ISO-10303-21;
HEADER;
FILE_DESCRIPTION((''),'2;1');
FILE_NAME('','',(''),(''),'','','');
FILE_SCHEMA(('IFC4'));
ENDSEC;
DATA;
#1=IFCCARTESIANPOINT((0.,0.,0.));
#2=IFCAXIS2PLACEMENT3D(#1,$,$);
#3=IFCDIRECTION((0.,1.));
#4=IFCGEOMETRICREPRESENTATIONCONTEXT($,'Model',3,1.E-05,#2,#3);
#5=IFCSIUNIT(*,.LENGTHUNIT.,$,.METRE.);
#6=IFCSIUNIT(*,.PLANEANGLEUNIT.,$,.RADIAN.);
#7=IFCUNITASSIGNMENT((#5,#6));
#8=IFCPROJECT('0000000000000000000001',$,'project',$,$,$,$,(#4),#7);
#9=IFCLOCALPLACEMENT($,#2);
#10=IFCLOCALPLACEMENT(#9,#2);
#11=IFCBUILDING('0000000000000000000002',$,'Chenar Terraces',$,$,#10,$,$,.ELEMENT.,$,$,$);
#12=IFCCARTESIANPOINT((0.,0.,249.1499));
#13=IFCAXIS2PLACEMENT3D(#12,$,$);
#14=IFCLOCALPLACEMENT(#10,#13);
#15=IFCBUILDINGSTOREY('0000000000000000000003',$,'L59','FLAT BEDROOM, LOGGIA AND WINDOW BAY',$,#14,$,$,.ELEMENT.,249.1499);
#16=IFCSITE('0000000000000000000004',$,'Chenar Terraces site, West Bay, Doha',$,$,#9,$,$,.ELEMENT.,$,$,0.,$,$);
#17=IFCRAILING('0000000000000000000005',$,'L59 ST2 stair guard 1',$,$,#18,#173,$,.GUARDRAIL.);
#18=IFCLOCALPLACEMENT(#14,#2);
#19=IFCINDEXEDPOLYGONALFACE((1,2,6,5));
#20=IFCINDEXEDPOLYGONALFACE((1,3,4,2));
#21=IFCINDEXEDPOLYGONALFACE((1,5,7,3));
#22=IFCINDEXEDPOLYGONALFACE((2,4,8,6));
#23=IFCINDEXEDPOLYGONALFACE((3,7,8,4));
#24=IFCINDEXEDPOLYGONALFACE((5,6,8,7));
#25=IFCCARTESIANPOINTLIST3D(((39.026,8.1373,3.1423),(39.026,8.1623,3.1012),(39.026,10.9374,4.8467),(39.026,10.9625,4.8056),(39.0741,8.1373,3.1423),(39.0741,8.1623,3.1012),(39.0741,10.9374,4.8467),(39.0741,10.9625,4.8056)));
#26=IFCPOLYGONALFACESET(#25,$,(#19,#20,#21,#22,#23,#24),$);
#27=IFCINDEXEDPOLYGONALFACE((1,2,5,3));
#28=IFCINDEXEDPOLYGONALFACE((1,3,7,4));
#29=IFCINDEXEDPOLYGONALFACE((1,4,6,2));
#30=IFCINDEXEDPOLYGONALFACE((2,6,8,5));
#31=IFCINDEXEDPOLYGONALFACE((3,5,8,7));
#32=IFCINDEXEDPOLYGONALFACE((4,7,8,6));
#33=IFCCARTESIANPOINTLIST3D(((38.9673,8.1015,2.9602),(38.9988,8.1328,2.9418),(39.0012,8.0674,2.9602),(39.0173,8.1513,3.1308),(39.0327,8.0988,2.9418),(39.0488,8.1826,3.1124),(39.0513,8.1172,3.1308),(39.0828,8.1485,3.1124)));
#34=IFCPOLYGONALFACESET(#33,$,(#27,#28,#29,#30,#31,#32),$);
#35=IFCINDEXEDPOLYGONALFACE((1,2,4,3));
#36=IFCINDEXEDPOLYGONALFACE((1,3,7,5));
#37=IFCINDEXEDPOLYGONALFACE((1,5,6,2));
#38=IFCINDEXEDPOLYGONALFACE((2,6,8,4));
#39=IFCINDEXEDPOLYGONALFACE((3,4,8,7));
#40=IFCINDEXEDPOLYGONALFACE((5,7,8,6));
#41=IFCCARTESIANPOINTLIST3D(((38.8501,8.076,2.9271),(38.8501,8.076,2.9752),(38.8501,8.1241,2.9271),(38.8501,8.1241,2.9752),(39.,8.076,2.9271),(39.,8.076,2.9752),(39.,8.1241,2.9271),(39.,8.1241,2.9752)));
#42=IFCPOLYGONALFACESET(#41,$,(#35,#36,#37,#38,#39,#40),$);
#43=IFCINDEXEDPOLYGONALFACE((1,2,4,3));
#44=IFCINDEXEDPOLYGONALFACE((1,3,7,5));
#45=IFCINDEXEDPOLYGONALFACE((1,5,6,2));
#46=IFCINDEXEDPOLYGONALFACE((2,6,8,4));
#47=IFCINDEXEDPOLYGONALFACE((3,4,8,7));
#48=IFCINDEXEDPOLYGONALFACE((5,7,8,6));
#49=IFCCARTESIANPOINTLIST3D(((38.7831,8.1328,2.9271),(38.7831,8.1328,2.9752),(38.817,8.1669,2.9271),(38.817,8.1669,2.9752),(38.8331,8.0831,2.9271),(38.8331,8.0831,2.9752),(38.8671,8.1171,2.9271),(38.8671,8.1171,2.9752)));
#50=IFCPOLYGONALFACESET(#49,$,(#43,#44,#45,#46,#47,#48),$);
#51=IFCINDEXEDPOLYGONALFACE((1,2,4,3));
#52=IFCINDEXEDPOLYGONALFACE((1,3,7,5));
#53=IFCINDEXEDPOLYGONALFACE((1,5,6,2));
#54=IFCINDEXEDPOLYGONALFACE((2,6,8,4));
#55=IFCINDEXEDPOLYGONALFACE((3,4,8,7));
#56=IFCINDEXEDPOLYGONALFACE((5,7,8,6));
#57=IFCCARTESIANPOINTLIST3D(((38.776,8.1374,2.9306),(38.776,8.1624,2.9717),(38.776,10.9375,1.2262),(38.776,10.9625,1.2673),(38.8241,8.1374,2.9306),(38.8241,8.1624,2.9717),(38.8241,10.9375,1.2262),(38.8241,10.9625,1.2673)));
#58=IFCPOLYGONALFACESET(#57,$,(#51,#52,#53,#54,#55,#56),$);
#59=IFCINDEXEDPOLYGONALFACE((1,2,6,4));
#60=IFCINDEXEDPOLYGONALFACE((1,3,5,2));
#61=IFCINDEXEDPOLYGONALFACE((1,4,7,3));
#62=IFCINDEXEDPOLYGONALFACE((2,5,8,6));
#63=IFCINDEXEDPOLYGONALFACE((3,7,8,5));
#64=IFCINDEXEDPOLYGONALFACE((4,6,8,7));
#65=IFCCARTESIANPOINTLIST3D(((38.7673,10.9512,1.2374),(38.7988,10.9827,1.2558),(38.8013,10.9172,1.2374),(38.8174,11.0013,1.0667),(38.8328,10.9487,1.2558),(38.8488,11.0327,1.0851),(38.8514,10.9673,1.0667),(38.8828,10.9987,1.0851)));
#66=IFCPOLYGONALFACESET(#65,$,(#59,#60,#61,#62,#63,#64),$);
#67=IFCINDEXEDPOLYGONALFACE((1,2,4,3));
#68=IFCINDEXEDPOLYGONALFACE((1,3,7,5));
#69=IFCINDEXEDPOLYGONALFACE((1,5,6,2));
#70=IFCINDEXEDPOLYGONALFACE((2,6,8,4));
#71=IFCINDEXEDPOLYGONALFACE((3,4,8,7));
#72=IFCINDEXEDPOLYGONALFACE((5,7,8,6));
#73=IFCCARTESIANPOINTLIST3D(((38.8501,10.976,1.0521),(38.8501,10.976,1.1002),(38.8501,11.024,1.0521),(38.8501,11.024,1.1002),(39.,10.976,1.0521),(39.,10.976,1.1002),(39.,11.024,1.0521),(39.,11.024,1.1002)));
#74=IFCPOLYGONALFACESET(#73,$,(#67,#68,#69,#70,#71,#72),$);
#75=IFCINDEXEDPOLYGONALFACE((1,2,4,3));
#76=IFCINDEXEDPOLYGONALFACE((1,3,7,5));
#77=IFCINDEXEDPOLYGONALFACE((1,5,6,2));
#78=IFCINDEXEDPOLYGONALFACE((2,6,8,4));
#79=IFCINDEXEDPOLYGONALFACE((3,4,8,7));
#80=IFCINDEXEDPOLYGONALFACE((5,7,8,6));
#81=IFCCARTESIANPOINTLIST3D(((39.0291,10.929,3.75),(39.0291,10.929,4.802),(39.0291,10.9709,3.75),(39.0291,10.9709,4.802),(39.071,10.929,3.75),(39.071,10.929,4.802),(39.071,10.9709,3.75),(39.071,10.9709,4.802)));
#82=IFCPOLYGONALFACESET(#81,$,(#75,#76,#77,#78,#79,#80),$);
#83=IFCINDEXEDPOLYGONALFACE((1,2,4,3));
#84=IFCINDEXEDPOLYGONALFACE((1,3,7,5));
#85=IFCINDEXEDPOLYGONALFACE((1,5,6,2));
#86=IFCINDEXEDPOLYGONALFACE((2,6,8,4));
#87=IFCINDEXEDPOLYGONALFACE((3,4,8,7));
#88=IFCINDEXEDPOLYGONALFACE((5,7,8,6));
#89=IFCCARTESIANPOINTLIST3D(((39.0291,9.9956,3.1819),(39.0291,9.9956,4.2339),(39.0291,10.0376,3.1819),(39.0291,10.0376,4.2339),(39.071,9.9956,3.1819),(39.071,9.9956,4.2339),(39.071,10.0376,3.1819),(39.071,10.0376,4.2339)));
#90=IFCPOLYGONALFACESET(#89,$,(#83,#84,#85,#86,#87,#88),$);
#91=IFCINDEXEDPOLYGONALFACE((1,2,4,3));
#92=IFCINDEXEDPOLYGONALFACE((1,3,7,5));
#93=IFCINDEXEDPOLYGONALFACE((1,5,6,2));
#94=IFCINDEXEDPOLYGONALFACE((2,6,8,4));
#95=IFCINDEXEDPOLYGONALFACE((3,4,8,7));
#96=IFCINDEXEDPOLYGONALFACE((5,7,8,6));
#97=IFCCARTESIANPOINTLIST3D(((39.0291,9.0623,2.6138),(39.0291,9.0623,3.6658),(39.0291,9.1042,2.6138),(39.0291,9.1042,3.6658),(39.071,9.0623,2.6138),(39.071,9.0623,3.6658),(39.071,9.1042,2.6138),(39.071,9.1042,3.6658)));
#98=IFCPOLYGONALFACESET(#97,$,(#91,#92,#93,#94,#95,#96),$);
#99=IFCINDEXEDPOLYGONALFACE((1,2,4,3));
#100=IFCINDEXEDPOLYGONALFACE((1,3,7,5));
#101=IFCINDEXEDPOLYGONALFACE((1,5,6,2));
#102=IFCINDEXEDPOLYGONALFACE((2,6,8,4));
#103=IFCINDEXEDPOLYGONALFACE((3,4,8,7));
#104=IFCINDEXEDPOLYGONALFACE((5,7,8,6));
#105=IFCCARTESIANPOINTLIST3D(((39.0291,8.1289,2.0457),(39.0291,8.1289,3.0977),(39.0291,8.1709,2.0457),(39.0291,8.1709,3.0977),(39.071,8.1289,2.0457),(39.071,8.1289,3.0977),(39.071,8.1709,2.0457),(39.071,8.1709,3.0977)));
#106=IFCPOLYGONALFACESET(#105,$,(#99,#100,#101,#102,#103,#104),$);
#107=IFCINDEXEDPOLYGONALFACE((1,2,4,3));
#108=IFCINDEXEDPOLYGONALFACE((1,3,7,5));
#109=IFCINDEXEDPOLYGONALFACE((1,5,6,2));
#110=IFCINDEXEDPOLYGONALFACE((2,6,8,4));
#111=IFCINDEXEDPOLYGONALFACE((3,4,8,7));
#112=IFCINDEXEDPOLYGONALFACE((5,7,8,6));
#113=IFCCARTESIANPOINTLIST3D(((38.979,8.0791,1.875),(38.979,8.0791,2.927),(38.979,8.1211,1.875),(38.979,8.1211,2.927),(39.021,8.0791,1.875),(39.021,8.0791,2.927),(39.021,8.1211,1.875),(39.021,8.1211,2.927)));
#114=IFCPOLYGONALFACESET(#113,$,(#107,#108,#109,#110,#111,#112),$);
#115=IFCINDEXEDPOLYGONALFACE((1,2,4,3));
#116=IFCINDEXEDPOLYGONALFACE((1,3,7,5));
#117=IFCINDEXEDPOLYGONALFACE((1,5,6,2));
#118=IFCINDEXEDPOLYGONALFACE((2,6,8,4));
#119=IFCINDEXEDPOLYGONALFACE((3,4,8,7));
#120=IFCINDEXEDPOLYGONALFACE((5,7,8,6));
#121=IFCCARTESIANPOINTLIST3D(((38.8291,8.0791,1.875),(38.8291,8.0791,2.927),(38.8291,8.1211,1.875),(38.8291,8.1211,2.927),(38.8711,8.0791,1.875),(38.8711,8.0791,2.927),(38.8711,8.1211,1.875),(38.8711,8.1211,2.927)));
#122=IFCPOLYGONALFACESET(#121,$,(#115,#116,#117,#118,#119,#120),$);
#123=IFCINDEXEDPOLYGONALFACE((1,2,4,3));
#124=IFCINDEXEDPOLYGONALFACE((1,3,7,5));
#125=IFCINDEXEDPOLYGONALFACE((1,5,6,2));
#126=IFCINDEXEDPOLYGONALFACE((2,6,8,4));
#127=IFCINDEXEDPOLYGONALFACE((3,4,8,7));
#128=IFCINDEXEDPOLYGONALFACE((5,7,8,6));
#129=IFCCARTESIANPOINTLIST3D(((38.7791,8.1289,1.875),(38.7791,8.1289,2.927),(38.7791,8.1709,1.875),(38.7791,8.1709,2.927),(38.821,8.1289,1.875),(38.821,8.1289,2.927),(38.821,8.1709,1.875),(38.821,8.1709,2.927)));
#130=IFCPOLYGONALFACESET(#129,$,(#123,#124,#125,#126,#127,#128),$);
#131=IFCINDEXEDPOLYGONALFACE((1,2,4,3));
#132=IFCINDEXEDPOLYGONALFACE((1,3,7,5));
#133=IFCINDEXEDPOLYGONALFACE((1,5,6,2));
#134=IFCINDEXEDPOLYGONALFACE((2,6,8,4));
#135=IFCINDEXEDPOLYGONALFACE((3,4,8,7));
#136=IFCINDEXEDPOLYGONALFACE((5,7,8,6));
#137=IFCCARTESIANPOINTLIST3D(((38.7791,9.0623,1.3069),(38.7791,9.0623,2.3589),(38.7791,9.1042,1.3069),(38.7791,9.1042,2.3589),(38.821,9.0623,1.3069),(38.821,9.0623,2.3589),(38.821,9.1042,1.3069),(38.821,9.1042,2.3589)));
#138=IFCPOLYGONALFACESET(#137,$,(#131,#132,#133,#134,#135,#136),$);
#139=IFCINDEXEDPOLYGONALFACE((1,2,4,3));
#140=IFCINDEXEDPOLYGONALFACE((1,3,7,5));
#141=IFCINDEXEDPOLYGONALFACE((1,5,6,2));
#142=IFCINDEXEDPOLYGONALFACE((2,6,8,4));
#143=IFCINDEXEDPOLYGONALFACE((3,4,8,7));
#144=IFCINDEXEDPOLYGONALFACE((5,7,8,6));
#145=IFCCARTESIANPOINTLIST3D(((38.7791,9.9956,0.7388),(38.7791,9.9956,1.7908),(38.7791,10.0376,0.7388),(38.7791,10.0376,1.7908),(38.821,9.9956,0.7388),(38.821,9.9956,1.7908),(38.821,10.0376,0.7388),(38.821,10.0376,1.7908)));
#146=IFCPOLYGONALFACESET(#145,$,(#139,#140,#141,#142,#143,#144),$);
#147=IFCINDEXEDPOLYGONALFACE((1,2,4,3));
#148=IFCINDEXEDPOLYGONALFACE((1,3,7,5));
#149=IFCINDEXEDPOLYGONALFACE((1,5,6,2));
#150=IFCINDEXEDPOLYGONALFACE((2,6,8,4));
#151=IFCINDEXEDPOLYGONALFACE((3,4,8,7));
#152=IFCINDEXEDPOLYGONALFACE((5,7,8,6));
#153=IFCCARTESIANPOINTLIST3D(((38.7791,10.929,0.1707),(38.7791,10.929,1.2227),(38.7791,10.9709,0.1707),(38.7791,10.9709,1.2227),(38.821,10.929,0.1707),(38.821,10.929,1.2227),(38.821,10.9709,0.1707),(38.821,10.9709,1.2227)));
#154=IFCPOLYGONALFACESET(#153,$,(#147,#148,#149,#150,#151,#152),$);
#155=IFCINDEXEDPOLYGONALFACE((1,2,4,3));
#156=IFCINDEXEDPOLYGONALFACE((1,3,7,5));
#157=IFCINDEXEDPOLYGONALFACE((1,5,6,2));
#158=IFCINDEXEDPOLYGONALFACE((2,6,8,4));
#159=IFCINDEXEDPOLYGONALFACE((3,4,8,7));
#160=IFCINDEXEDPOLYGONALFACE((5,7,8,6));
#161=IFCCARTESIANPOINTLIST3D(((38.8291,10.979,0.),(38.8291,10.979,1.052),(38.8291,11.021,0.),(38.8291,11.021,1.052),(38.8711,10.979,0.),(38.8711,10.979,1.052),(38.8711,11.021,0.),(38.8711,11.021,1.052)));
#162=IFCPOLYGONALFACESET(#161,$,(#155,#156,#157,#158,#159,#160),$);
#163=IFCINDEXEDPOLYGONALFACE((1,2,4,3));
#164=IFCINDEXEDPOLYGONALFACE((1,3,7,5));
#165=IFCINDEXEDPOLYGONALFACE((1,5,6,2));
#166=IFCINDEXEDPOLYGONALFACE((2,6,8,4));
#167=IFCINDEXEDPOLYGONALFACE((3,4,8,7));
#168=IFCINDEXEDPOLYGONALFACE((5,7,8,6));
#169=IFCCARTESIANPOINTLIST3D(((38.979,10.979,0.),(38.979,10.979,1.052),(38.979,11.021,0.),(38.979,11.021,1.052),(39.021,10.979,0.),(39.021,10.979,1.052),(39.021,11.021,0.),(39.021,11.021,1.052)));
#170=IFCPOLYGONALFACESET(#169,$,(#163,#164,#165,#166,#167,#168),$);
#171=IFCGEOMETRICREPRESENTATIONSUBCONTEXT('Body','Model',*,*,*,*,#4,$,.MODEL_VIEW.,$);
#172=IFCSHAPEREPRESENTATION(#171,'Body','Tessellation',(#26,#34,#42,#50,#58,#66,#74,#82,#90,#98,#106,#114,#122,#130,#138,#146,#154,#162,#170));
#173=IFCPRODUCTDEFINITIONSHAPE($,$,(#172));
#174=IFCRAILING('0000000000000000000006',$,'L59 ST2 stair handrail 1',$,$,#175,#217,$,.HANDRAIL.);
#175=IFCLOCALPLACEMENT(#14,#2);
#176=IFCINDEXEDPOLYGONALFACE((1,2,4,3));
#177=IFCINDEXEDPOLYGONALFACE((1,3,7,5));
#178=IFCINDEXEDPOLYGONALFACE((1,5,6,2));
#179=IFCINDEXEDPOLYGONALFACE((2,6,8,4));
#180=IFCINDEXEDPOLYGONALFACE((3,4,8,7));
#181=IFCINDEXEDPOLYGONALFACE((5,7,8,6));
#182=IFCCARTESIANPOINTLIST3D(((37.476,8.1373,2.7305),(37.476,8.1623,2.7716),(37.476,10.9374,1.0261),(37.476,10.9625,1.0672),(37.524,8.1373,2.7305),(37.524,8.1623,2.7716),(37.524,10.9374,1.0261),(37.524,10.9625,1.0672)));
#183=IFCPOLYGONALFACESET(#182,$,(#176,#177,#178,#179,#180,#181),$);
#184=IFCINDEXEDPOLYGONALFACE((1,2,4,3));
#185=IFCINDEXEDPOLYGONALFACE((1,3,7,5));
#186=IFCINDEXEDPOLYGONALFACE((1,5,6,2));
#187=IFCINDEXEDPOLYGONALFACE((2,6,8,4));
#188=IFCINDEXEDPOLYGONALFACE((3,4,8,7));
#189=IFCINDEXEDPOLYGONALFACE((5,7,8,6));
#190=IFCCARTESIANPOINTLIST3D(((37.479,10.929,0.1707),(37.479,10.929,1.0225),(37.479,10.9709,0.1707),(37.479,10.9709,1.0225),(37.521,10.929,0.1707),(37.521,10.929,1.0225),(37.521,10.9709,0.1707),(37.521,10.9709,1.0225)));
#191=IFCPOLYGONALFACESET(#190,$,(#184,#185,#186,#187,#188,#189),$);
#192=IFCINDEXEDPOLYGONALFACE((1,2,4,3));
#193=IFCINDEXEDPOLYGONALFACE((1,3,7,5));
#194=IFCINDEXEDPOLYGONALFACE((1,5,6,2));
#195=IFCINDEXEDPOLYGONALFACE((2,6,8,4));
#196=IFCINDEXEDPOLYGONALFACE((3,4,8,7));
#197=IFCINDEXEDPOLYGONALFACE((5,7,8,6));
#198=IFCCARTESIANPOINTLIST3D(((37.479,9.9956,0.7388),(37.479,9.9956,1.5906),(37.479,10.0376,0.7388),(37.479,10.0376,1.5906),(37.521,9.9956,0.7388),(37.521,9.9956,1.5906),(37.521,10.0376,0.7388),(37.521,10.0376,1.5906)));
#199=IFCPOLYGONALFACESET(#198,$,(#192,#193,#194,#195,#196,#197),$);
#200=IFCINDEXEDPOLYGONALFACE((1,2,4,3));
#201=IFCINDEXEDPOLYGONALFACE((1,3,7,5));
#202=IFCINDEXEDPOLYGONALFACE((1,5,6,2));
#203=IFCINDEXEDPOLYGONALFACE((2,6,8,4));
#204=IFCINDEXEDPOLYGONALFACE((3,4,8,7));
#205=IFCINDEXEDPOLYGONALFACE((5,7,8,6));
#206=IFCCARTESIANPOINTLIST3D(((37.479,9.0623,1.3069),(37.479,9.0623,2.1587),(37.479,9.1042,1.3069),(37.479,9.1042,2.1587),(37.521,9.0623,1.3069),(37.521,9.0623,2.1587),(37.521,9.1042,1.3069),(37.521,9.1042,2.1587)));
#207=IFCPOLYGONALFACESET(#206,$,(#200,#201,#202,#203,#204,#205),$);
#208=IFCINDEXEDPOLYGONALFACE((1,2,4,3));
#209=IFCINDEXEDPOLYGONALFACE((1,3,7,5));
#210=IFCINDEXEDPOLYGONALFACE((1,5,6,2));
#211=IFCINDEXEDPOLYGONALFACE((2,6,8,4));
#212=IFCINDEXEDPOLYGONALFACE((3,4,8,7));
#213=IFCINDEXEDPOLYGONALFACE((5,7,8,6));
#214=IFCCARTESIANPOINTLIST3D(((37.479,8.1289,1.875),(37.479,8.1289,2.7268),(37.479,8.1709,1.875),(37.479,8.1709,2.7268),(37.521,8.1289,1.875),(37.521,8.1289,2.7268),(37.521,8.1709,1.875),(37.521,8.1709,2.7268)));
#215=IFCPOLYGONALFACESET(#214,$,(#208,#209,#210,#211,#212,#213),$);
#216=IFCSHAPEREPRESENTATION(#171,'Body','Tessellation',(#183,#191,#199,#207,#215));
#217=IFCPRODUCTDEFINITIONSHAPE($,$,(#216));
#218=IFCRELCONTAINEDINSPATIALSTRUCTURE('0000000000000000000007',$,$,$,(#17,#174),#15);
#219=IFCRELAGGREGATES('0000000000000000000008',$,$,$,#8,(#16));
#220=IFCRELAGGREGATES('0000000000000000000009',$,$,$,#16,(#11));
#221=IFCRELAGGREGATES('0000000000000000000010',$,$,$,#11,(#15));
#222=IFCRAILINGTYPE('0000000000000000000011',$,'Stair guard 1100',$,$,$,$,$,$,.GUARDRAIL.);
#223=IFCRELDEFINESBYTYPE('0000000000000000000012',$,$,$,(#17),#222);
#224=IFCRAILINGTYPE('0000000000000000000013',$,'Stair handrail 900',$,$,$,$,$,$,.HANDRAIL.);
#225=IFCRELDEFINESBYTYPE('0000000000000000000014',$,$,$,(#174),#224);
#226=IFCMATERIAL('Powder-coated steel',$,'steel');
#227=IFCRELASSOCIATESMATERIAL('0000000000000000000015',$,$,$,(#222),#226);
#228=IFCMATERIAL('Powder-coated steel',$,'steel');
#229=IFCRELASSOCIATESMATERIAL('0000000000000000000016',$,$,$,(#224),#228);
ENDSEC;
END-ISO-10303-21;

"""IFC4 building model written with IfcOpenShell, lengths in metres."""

from ifc_helpers import new_model, si_unit, direction, frame, origin, origin_2d, place, context, subcontext, project, spatial, rectangle, extrude, material, type_object, element, save


model = new_model("IFC4")

# Units and contexts
model_context = context("Model", 3, precision=1e-05, world=origin(), true_north=direction((0.0, 1.0)))
body_context = subcontext(model_context, "Body", "Model", "MODEL_VIEW")
ifc_project = project(units=[si_unit("LENGTHUNIT", "METRE"), si_unit("PLANEANGLEUNIT", "RADIAN")], contexts=[model_context])

# Site, building, storey
site_placement = place(None, origin())
site = spatial("IfcSite", under=ifc_project, at=site_placement, Name="Chenar Terraces site, West Bay, Doha", CompositionType="ELEMENT", RefElevation=0.0)
building_placement = place(site_placement, origin())
building = spatial("IfcBuilding", under=site, at=building_placement, Name="Chenar Terraces", CompositionType="ELEMENT")
storey_placement = place(building_placement, frame((0.0, 0.0, 249.1499)))
storey = spatial("IfcBuildingStorey", under=building, at=storey_placement, Name="L59", Description="FLAT BEDROOM, LOGGIA AND WINDOW BAY", CompositionType="ELEMENT", Elevation=249.1499)

# Railings
ifc_material_1 = material(Name="Powder-coated steel", Category="steel")
railing_type_1 = type_object("IfcRailingType", Name="Stair guard 1100", PredefinedType="GUARDRAIL", material=ifc_material_1)
railing_1_placement = place(storey_placement, frame((39.05, 10.95, 3.75)))
element("IfcRailing", 1, at=railing_1_placement, inside=storey, type_object=railing_type_1, Name="L59 ST2 stair guard 1", PredefinedType="GUARDRAIL", context=body_context, shape_type="SweptSolid", body=[
    extrude(rectangle(XDim=0.0481, YDim=0.0481, at=origin_2d()), frame((0.0, 0.0, 1.0762), z_axis=(0.0, -0.854203, -0.51994), x_axis=(1.0, 0.0, 0.0)), (0.0, 0.0, 1.0), 3.2781),
    extrude(rectangle(XDim=0.0481, YDim=0.0481, at=origin_2d()), frame((0.0, -2.8, -0.6284), z_axis=(-0.270997, -0.269675, -0.924033), x_axis=(0.705376, -0.708834, 0.0)), (0.0, 0.0, 1.0), 0.1846),
    extrude(rectangle(XDim=0.0481, YDim=0.0481, at=origin_2d()), frame((-0.05, -2.8499, -0.7988), z_axis=(-1.0, 0.0, 0.0), x_axis=(0.0, -1.0, 0.0)), (0.0, 0.0, 1.0), 0.1499),
    extrude(rectangle(XDim=0.0481, YDim=0.0481, at=origin_2d()), frame((-0.2, -2.8499, -0.7988), z_axis=(-0.708834, 0.705376, 0.0), x_axis=(-0.705376, -0.708834, 0.0)), (0.0, 0.0, 1.0), 0.0706),
    extrude(rectangle(XDim=0.0481, YDim=0.0481, at=origin_2d()), frame((-0.25, -2.8, -0.7988), z_axis=(0.0, 0.854203, -0.51994), x_axis=(-1.0, 0.0, 0.0)), (0.0, 0.0, 1.0), 3.2781),
    extrude(rectangle(XDim=0.0481, YDim=0.0481, at=origin_2d()), frame((-0.25, 0.0, -2.5034), z_axis=(0.2709, 0.2709, -0.923703), x_axis=(-0.707107, 0.707107, 0.0)), (0.0, 0.0, 1.0), 0.1848),
    extrude(rectangle(XDim=0.0481, YDim=0.0481, at=origin_2d()), frame((-0.2, 0.05, -2.6738), z_axis=(1.0, 0.0, 0.0), x_axis=(0.0, 1.0, 0.0)), (0.0, 0.0, 1.0), 0.1499),
    extrude(rectangle(XDim=0.042, YDim=0.042, at=origin_2d()), origin(), (0.0, 0.0, 1.0), 1.052),
    extrude(rectangle(XDim=0.042, YDim=0.042, at=origin_2d()), frame((0.0, -0.9333, -0.5681)), (0.0, 0.0, 1.0), 1.052),
    extrude(rectangle(XDim=0.042, YDim=0.042, at=origin_2d()), frame((0.0, -1.8667, -1.1362)), (0.0, 0.0, 1.0), 1.052),
    extrude(rectangle(XDim=0.042, YDim=0.042, at=origin_2d()), frame((0.0, -2.8, -1.7043)), (0.0, 0.0, 1.0), 1.052),
    extrude(rectangle(XDim=0.042, YDim=0.042, at=origin_2d()), frame((-0.05, -2.8499, -1.875)), (0.0, 0.0, 1.0), 1.052),
    extrude(rectangle(XDim=0.042, YDim=0.042, at=origin_2d()), frame((-0.2, -2.8499, -1.875)), (0.0, 0.0, 1.0), 1.052),
    extrude(rectangle(XDim=0.042, YDim=0.042, at=origin_2d()), frame((-0.25, -2.8, -1.875)), (0.0, 0.0, 1.0), 1.052),
    extrude(rectangle(XDim=0.042, YDim=0.042, at=origin_2d()), frame((-0.25, -1.8667, -2.4431)), (0.0, 0.0, 1.0), 1.052),
    extrude(rectangle(XDim=0.042, YDim=0.042, at=origin_2d()), frame((-0.25, -0.9333, -3.0112)), (0.0, 0.0, 1.0), 1.052),
    extrude(rectangle(XDim=0.042, YDim=0.042, at=origin_2d()), frame((-0.25, 0.0, -3.5793)), (0.0, 0.0, 1.0), 1.052),
    extrude(rectangle(XDim=0.042, YDim=0.042, at=origin_2d()), frame((-0.2, 0.05, -3.75)), (0.0, 0.0, 1.0), 1.052),
    extrude(rectangle(XDim=0.042, YDim=0.042, at=origin_2d()), frame((-0.05, 0.05, -3.75)), (0.0, 0.0, 1.0), 1.052),
])
ifc_material_2 = material(Name="Powder-coated steel", Category="steel")
railing_type_2 = type_object("IfcRailingType", Name="Stair handrail 900", PredefinedType="HANDRAIL", material=ifc_material_2)
railing_2_placement = place(storey_placement, frame((37.5, 10.95, 0.1707)))
element("IfcRailing", 2, at=railing_2_placement, inside=storey, type_object=railing_type_2, Name="L59 ST2 stair handrail 1", PredefinedType="HANDRAIL", context=body_context, shape_type="SweptSolid", body=[
    extrude(rectangle(XDim=0.0481, YDim=0.0481, at=origin_2d()), frame((0.0, 0.0, 0.876), z_axis=(0.0, -0.854203, 0.51994), x_axis=(1.0, 0.0, 0.0)), (0.0, 0.0, 1.0), 3.2781),
    extrude(rectangle(XDim=0.042, YDim=0.042, at=origin_2d()), origin(), (0.0, 0.0, 1.0), 0.8518),
    extrude(rectangle(XDim=0.042, YDim=0.042, at=origin_2d()), frame((0.0, -0.9333, 0.5681)), (0.0, 0.0, 1.0), 0.8518),
    extrude(rectangle(XDim=0.042, YDim=0.042, at=origin_2d()), frame((0.0, -1.8667, 1.1362)), (0.0, 0.0, 1.0), 0.8518),
    extrude(rectangle(XDim=0.042, YDim=0.042, at=origin_2d()), frame((0.0, -2.8, 1.7043)), (0.0, 0.0, 1.0), 0.8518),
])

save(model, "model.ifc")
